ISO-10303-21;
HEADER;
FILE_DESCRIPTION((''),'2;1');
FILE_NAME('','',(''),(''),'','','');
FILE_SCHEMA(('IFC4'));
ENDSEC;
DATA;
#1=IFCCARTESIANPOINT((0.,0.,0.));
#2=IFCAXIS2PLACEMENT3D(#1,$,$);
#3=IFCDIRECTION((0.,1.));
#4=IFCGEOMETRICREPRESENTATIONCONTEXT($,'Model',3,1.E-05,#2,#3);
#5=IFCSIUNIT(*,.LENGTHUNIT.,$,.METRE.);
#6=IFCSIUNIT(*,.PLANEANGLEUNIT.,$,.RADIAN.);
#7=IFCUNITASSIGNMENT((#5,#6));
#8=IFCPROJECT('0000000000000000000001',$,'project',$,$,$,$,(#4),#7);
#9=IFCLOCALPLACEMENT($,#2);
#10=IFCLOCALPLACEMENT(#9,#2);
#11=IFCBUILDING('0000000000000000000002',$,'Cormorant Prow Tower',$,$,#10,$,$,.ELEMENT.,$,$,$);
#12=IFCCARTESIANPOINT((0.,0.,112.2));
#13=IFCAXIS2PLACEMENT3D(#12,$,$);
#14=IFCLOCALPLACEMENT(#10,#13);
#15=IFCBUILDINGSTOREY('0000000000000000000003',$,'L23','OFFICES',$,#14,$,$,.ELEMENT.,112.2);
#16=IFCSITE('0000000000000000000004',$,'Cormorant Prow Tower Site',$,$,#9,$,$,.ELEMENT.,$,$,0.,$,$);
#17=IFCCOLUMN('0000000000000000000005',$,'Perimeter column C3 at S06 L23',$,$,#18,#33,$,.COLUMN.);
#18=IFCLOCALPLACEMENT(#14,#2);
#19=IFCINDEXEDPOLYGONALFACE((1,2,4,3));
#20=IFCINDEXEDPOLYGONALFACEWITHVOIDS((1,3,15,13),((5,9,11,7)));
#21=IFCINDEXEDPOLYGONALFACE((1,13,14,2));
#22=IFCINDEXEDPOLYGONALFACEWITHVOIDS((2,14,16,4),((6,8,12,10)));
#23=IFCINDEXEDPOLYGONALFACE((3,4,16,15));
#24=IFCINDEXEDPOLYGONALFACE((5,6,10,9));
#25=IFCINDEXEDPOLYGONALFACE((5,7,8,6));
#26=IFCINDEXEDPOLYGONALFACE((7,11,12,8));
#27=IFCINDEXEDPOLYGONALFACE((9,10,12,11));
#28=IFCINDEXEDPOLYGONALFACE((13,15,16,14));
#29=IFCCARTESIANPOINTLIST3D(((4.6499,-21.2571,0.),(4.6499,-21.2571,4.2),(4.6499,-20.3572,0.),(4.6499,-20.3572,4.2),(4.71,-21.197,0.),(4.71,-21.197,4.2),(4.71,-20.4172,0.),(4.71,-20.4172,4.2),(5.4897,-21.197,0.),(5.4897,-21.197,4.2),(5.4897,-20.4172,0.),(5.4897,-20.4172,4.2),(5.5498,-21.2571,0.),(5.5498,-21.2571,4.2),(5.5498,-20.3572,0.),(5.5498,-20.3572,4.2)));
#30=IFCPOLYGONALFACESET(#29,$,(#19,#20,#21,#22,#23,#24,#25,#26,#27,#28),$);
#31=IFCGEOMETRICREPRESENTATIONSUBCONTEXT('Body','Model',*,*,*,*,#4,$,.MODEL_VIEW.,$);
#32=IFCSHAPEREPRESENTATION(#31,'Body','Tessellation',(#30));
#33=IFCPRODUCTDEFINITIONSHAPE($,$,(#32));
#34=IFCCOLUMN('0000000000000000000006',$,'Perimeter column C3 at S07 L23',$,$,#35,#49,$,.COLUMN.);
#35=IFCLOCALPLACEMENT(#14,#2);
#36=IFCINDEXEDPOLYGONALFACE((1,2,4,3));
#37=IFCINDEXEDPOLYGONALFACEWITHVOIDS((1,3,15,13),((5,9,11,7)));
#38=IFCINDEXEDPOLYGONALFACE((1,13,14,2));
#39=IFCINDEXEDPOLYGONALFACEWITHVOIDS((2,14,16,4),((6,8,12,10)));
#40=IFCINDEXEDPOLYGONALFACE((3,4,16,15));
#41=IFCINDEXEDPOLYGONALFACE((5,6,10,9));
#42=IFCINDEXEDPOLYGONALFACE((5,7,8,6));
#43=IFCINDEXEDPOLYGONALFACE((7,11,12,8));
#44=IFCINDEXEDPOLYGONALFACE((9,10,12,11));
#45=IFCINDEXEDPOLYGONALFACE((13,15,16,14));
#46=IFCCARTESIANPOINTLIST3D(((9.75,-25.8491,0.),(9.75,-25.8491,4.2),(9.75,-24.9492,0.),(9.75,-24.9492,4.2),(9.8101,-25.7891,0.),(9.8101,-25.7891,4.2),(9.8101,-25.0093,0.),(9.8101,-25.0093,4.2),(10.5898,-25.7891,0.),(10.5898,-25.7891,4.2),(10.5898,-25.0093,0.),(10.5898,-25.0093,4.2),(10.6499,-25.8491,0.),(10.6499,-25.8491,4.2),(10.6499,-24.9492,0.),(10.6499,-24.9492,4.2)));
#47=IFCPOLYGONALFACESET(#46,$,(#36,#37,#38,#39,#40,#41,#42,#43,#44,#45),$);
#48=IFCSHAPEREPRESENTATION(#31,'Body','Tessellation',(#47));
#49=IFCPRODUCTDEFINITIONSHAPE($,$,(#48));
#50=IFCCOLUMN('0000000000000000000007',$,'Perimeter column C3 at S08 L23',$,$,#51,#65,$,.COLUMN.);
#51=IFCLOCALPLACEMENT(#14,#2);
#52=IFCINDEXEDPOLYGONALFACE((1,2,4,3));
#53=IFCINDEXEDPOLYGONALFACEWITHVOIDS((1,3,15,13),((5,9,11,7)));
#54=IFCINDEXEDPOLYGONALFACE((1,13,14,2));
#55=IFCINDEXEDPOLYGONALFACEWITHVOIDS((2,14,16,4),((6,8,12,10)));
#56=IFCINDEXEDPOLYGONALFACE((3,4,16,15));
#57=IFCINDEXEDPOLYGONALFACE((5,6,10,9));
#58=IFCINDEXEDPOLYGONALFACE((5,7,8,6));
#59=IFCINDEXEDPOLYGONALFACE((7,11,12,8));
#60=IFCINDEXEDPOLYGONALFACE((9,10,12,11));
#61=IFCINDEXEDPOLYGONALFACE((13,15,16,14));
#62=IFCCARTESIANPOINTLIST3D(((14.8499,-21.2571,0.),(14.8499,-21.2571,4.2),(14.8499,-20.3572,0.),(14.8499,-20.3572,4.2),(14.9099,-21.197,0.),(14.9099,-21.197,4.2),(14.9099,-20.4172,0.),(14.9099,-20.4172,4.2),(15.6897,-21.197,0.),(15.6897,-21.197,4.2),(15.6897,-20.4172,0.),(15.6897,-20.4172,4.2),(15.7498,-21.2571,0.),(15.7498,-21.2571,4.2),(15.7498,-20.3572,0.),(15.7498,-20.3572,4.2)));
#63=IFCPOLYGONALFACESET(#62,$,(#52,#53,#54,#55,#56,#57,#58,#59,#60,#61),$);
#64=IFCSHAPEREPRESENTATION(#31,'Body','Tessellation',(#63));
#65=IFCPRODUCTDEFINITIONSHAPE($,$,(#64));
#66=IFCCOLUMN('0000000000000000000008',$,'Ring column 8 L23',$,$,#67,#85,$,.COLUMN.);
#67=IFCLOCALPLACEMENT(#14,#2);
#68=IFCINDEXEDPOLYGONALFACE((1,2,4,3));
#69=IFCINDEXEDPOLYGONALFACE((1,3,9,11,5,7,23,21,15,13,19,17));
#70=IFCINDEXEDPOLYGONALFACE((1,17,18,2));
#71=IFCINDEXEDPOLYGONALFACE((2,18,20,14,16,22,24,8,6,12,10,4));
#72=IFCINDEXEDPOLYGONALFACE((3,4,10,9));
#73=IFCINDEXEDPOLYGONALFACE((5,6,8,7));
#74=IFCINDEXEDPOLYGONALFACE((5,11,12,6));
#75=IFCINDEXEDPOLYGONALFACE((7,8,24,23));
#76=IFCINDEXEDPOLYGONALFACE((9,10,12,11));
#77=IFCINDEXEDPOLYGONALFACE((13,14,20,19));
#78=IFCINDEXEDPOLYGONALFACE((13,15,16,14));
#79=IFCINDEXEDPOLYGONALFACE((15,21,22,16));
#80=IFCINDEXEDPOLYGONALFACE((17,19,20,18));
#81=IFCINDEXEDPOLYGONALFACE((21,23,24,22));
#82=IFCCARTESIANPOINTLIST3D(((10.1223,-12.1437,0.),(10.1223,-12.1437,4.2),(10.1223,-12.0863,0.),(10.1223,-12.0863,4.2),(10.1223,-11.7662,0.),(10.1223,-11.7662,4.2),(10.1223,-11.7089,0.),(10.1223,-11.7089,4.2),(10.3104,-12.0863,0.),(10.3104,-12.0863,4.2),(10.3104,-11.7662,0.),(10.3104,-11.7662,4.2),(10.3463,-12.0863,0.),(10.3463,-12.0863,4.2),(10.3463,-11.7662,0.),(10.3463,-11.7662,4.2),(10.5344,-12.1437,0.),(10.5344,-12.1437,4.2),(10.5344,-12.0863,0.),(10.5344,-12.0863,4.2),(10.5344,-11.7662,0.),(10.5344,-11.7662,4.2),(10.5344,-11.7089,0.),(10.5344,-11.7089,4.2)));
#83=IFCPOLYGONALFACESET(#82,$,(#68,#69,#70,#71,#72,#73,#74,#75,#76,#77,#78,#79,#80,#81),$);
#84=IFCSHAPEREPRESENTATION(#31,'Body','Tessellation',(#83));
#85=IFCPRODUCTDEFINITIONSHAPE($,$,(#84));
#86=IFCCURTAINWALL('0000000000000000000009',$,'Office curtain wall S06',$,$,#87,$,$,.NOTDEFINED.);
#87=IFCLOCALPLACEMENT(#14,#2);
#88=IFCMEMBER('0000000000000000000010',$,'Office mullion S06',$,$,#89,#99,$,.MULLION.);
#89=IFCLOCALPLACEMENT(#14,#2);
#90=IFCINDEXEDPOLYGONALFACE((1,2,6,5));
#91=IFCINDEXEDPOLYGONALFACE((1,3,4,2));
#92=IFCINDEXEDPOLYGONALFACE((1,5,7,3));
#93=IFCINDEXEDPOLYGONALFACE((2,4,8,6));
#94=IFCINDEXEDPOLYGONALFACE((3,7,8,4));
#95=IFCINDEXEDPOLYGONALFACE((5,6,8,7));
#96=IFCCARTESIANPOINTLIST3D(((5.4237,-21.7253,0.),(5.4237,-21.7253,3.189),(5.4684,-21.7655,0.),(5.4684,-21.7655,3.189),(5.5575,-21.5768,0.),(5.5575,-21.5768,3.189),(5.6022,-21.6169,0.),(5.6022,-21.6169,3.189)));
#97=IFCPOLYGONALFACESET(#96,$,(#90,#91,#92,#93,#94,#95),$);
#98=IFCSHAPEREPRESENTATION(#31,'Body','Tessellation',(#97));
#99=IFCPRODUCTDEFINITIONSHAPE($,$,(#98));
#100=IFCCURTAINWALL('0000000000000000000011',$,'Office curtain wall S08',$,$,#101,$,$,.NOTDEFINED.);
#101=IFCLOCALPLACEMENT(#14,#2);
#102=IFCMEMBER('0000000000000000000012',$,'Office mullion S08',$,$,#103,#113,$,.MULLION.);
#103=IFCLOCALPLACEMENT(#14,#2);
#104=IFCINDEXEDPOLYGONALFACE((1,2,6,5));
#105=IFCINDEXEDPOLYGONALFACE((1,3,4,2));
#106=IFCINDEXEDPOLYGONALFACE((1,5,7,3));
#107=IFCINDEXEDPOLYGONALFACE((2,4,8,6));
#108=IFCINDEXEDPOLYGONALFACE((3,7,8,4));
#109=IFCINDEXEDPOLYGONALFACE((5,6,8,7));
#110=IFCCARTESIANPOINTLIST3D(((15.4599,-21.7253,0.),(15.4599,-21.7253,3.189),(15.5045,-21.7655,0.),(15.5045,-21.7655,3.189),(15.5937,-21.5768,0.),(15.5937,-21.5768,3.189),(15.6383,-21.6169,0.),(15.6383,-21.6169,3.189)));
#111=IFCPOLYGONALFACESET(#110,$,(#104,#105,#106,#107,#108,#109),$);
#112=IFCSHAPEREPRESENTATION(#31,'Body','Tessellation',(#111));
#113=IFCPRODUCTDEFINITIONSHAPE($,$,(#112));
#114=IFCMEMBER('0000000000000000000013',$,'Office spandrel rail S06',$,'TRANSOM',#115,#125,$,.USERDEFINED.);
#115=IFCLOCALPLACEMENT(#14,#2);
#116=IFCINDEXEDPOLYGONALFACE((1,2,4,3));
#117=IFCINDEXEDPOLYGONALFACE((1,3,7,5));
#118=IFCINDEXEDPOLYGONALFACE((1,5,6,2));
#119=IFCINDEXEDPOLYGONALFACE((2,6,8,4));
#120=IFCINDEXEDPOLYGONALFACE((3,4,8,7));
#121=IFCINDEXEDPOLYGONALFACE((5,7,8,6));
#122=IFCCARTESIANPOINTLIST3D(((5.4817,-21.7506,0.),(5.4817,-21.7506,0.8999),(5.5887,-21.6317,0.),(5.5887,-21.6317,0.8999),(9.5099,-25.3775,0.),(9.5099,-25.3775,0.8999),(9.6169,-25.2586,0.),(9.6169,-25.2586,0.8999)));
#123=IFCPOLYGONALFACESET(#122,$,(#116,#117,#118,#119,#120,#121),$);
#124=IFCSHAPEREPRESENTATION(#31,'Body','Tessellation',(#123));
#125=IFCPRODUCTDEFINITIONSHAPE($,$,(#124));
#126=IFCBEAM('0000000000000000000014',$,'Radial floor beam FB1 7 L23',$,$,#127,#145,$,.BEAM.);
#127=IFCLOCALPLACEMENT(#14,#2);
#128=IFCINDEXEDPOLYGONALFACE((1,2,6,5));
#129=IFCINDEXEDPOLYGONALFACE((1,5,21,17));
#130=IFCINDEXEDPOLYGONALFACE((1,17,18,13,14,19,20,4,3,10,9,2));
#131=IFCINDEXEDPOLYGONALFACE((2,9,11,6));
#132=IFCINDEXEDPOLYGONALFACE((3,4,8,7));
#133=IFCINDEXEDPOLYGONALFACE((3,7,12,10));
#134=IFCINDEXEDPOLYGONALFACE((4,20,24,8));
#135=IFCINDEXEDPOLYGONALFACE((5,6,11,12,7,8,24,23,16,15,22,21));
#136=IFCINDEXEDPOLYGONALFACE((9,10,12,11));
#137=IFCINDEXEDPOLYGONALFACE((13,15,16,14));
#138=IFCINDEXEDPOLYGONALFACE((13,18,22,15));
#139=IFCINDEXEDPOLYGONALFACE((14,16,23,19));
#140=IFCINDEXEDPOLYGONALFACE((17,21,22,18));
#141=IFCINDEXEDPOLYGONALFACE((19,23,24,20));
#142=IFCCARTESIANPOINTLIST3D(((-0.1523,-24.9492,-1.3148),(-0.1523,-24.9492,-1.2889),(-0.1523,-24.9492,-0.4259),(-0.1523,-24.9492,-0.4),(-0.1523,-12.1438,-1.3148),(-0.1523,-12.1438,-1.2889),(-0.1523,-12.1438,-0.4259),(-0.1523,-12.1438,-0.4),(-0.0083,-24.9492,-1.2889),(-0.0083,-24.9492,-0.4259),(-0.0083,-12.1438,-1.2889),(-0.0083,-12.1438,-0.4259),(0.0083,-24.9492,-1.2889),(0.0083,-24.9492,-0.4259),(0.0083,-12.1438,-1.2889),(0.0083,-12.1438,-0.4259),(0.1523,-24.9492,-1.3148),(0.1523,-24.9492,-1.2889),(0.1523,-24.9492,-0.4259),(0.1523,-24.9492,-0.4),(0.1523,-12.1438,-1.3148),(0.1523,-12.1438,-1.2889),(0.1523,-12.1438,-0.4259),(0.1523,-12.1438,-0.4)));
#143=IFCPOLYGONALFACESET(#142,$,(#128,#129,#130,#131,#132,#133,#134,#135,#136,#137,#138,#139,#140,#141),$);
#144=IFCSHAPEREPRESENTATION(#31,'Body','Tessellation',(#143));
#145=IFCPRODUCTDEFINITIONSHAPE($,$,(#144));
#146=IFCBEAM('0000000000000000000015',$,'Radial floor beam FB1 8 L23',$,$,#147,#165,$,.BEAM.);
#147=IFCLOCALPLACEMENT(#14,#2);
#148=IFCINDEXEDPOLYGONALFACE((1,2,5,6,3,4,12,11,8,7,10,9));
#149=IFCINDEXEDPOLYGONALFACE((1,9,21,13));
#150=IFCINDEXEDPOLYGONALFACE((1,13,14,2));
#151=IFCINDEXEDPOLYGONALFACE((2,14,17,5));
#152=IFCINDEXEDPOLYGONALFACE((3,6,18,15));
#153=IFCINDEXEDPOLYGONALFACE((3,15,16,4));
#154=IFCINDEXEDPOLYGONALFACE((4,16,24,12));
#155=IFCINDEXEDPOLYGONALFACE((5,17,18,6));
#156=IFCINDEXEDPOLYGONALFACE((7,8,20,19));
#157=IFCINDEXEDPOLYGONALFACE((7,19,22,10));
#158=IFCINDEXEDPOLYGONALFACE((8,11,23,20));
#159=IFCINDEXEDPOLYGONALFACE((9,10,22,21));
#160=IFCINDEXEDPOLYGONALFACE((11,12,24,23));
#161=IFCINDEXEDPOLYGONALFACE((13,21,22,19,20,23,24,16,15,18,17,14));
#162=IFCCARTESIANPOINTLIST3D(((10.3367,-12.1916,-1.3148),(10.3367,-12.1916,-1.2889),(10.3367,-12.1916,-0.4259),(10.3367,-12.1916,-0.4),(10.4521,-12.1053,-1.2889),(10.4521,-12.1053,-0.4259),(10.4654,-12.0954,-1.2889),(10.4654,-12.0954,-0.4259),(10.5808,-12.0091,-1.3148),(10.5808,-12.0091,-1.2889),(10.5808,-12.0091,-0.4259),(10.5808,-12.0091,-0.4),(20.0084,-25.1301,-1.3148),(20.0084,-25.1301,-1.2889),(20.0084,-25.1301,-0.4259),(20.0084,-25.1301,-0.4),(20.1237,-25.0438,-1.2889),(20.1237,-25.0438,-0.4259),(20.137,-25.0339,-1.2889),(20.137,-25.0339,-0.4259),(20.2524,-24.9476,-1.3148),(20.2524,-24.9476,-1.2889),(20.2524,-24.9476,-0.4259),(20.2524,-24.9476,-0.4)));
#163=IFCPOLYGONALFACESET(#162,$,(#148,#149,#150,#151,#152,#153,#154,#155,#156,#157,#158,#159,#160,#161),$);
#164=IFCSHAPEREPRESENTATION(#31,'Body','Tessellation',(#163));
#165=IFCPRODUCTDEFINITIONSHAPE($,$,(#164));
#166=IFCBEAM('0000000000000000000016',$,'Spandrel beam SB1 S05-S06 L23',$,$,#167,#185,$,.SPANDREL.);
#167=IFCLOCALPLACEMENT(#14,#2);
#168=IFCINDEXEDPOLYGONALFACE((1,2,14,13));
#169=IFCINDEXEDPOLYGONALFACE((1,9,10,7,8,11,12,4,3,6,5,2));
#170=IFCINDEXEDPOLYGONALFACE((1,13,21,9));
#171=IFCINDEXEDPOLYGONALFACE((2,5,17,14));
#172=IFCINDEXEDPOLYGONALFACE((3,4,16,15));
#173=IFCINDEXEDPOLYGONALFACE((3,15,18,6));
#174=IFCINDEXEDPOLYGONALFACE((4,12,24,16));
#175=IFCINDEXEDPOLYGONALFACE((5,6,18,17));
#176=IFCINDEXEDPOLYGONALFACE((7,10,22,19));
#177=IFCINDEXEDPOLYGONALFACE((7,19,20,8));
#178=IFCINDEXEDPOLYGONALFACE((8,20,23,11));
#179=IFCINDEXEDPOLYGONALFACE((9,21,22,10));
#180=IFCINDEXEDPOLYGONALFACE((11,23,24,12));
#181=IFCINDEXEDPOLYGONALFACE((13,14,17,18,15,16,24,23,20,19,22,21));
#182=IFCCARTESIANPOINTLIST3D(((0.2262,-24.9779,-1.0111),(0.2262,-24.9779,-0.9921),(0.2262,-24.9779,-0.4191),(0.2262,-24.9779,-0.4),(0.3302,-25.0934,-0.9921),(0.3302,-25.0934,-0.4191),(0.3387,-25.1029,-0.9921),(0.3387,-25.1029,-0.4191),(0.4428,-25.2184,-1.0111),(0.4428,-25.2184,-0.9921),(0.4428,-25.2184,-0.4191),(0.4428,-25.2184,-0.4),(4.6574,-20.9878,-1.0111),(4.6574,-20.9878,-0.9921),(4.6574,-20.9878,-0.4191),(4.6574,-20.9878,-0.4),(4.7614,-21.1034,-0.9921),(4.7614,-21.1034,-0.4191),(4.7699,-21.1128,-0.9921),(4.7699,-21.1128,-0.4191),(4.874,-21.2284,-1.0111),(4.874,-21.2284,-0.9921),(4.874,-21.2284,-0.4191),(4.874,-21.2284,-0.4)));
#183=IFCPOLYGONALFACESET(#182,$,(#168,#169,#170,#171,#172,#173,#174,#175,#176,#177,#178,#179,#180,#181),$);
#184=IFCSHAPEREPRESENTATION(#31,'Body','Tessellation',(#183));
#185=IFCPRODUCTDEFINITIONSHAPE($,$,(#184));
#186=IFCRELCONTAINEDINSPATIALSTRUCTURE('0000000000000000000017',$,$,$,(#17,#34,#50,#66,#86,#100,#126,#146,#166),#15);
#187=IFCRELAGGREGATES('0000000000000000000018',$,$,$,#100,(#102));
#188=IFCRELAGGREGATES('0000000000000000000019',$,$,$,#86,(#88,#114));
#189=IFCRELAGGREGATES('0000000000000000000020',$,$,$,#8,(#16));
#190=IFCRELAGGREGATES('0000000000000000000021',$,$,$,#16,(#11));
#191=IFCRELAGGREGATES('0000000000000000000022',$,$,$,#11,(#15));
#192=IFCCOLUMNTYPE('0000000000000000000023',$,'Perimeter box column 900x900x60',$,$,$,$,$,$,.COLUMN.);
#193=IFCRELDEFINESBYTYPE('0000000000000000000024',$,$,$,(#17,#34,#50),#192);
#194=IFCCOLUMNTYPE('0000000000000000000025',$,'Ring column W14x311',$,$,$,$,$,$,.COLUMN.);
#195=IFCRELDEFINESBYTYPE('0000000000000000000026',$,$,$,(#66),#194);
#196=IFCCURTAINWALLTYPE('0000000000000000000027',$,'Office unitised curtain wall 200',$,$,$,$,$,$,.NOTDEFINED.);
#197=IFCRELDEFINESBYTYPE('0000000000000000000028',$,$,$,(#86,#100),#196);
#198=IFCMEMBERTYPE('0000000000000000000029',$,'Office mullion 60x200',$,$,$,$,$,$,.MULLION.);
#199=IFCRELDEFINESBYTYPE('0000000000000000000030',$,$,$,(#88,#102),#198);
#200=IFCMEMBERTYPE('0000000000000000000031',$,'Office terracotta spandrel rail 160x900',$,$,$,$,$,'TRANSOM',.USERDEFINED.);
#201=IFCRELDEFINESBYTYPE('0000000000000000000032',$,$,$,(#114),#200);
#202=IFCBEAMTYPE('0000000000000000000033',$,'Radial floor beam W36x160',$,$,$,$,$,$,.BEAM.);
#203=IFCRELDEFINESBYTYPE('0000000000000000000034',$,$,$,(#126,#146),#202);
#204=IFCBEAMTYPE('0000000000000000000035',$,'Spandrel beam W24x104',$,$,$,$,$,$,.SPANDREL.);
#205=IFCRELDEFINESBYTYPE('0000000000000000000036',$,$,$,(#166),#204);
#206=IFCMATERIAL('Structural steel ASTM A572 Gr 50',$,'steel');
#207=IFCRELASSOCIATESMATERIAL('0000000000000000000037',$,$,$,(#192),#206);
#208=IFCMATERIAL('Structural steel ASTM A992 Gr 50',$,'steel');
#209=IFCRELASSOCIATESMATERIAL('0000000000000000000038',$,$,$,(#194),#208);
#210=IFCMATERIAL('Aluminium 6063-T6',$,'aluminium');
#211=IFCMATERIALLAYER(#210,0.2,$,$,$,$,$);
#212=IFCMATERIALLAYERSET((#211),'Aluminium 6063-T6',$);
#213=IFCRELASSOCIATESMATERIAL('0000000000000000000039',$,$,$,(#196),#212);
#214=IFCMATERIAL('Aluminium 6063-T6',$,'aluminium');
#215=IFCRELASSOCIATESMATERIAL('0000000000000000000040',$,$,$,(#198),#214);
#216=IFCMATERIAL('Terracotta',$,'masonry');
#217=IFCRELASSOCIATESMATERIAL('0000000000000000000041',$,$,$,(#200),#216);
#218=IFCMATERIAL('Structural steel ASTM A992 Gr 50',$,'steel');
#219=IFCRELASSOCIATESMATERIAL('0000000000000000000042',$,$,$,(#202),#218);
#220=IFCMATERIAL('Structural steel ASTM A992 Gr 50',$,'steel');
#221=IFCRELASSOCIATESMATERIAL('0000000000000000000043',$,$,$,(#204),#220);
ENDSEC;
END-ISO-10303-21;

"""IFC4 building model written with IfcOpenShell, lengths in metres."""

from ifc_helpers import new_model, si_unit, direction, frame, origin, origin_2d, place, context, subcontext, project, spatial, rectangle, hollow_rectangle, i_section, extrude, material, layer, layer_set, material_profile, profile_set, type_object, element, aggregate, save


model = new_model("IFC4")

# Units and contexts
model_context = context("Model", 3, precision=1e-05, world=origin(), true_north=direction((0.0, 1.0)))
body_context = subcontext(model_context, "Body", "Model", "MODEL_VIEW")
ifc_project = project(units=[si_unit("LENGTHUNIT", "METRE"), si_unit("PLANEANGLEUNIT", "RADIAN")], contexts=[model_context])

# Site, building, storey
site_placement = place(None, origin())
site = spatial("IfcSite", under=ifc_project, at=site_placement, Name="Cormorant Prow Tower Site", CompositionType="ELEMENT", RefElevation=0.0)
building_placement = place(site_placement, origin())
building = spatial("IfcBuilding", under=site, at=building_placement, Name="Cormorant Prow Tower", CompositionType="ELEMENT")
storey_placement = place(building_placement, frame((0.0, 0.0, 112.2)))
storey = spatial("IfcBuildingStorey", under=building, at=storey_placement, Name="L23", Description="OFFICES", CompositionType="ELEMENT", Elevation=112.2)

# Columns
ifc_material_1 = material(Name="Structural steel ASTM A572 Gr 50", Category="steel")
ifc_material_profile_1 = material_profile(ifc_material_1, hollow_rectangle(XDim=0.8999, YDim=0.8999, WallThickness=0.0601, at=origin_2d()), Name="Box 900x900x60")
ifc_profile_set_1 = profile_set([ifc_material_profile_1], Name="Structural steel ASTM A572 Gr 50")
column_type_1 = type_object("IfcColumnType", Name="Perimeter box column 900x900x60", PredefinedType="COLUMN", material=ifc_profile_set_1)
for number, where, z_axis, x_axis, name in (
    (1, (5.0999, -20.8071, 0.0), (0.0, 0.0, 1.0), (1.0, 0.0, 0.0), "Perimeter column C3 at S06 L23"),
    (2, (10.2, -25.3992, 0.0), (0.0, 0.0, 1.0), (1.0, 0.0, 0.0), "Perimeter column C3 at S07 L23"),
    (3, (15.2998, -20.8071, 0.0), (0.0, 0.0, 1.0), (1.0, 0.0, 0.0), "Perimeter column C3 at S08 L23"),
):
    element("IfcColumn", number, at=place(storey_placement, frame(where, z_axis=z_axis, x_axis=x_axis)), inside=storey, type_object=column_type_1, Name=name, PredefinedType="COLUMN", context=body_context, shape_type="SweptSolid", body=[
        extrude(hollow_rectangle(XDim=0.8999, YDim=0.8999, WallThickness=0.0601, at=origin_2d()), origin(), (0.0, 0.0, 1.0), 4.2),
    ])
ifc_material_2 = material(Name="Structural steel ASTM A992 Gr 50", Category="steel")
ifc_material_profile_2 = material_profile(ifc_material_2, i_section(OverallWidth=0.4121, OverallDepth=0.4348, WebThickness=0.0359, FlangeThickness=0.0574, at=origin_2d()), Name="W14x311")
ifc_profile_set_2 = profile_set([ifc_material_profile_2], Name="Structural steel ASTM A992 Gr 50")
column_type_2 = type_object("IfcColumnType", Name="Ring column W14x311", PredefinedType="COLUMN", material=ifc_profile_set_2)
column_placement = place(storey_placement, frame((10.3284, -11.9263, 0.0), z_axis=(0.0, 0.0, 1.0), x_axis=(1.0, 0.0, 0.0)))
element("IfcColumn", 4, at=column_placement, inside=storey, type_object=column_type_2, Name="Ring column 8 L23", PredefinedType="COLUMN", context=body_context, shape_type="SweptSolid", body=[
    extrude(i_section(OverallWidth=0.4121, OverallDepth=0.4348, WebThickness=0.0359, FlangeThickness=0.0574, at=origin_2d()), origin(), (0.0, 0.0, 1.0), 4.2),
])

# Curtain walls, members
ifc_material_3 = material(Name="Aluminium 6063-T6", Category="aluminium")
ifc_layer_1 = layer(ifc_material_3, 0.2)
ifc_layer_set_1 = layer_set([ifc_layer_1], Name="Aluminium 6063-T6")
curtain_wall_type = type_object("IfcCurtainWallType", Name="Office unitised curtain wall 200", PredefinedType="NOTDEFINED", material=ifc_layer_set_1)
curtain_wall_1_placement = place(storey_placement, origin())
curtain_wall_1 = element("IfcCurtainWall", 5, at=curtain_wall_1_placement, inside=storey, type_object=curtain_wall_type, Name="Office curtain wall S06", PredefinedType="NOTDEFINED")
ifc_material_4 = material(Name="Aluminium 6063-T6", Category="aluminium")
ifc_material_profile_3 = material_profile(ifc_material_4, rectangle(XDim=0.2, YDim=0.0601, at=origin_2d()), Name="Office mullion 60x200")
ifc_profile_set_3 = profile_set([ifc_material_profile_3], Name="Aluminium 6063-T6")
member_type_1 = type_object("IfcMemberType", Name="Office mullion 60x200", PredefinedType="MULLION", material=ifc_profile_set_3)
member_1_placement = place(storey_placement, frame((5.5129, -21.6711, 0.0), z_axis=(0.0, 0.0, 1.0), x_axis=(0.669131, 0.743145, 0.0)))
member_1 = element("IfcMember", 6, at=member_1_placement, type_object=member_type_1, Name="Office mullion S06", PredefinedType="MULLION", context=body_context, shape_type="SweptSolid", body=[
    extrude(rectangle(XDim=0.2, YDim=0.0601, at=origin_2d()), origin(), (0.0, 0.0, 1.0), 3.189),
])
curtain_wall_2_placement = place(storey_placement, origin())
curtain_wall_2 = element("IfcCurtainWall", 7, at=curtain_wall_2_placement, inside=storey, type_object=curtain_wall_type, Name="Office curtain wall S08", PredefinedType="NOTDEFINED")
member_2_placement = place(storey_placement, frame((15.5491, -21.6711, 0.0), z_axis=(0.0, 0.0, 1.0), x_axis=(0.669131, 0.743145, 0.0)))
member_2 = element("IfcMember", 8, at=member_2_placement, type_object=member_type_1, Name="Office mullion S08", PredefinedType="MULLION", context=body_context, shape_type="SweptSolid", body=[
    extrude(rectangle(XDim=0.2, YDim=0.0601, at=origin_2d()), origin(), (0.0, 0.0, 1.0), 3.189),
])
aggregate(curtain_wall_2, [member_2])

# Member
ifc_material_5 = material(Name="Terracotta", Category="masonry")
ifc_material_profile_4 = material_profile(ifc_material_5, rectangle(XDim=0.1599, YDim=0.8999, at=origin_2d()), Name="Office terracotta spandrel rail 160x900")
ifc_profile_set_4 = profile_set([ifc_material_profile_4], Name="Terracotta")
member_type_2 = type_object("IfcMemberType", Name="Office terracotta spandrel rail 160x900", ElementType="TRANSOM", PredefinedType="USERDEFINED", material=ifc_profile_set_4)
member_3_placement = place(storey_placement, frame((5.5352, -21.6912, 0.45), z_axis=(0.74316, -0.669114, 0.0), x_axis=(0.669114, 0.74316, 0.0)))
member_3 = element("IfcMember", 9, at=member_3_placement, type_object=member_type_2, Name="Office spandrel rail S06", ObjectType="TRANSOM", PredefinedType="USERDEFINED", context=body_context, shape_type="SweptSolid", body=[
    extrude(rectangle(XDim=0.1599, YDim=0.8999, at=origin_2d()), origin(), (0.0, 0.0, 1.0), 5.4204),
])

# Beams
ifc_material_6 = material(Name="Structural steel ASTM A992 Gr 50", Category="steel")
ifc_material_profile_5 = material_profile(ifc_material_6, i_section(OverallWidth=0.3047, OverallDepth=0.9148, WebThickness=0.0166, FlangeThickness=0.0259, at=origin_2d()), Name="W36x160")
ifc_profile_set_5 = profile_set([ifc_material_profile_5], Name="Structural steel ASTM A992 Gr 50")
beam_type_1 = type_object("IfcBeamType", Name="Radial floor beam W36x160", PredefinedType="BEAM", material=ifc_profile_set_5)
beam_1_placement = place(storey_placement, frame((0.0, -12.1438, -0.8574), z_axis=(0.0, -1.0, 0.0), x_axis=(1.0, 0.0, 0.0)))
element("IfcBeam", 10, at=beam_1_placement, inside=storey, type_object=beam_type_1, Name="Radial floor beam FB1 7 L23", PredefinedType="BEAM", context=body_context, shape_type="SweptSolid", body=[
    extrude(i_section(OverallWidth=0.3047, OverallDepth=0.9148, WebThickness=0.0166, FlangeThickness=0.0259, at=origin_2d()), origin(), (0.0, 0.0, 1.0), 12.8054),
])
beam_2_placement = place(storey_placement, frame((10.4587, -12.1003, -0.8574), z_axis=(0.598722, -0.800957, 0.0), x_axis=(0.800957, 0.598722, 0.0)))
element("IfcBeam", 11, at=beam_2_placement, inside=storey, type_object=beam_type_1, Name="Radial floor beam FB1 8 L23", PredefinedType="BEAM", context=body_context, shape_type="SweptSolid", body=[
    extrude(i_section(OverallWidth=0.3047, OverallDepth=0.9148, WebThickness=0.0166, FlangeThickness=0.0259, at=origin_2d()), origin(), (0.0, 0.0, 1.0), 16.1538),
])
ifc_material_7 = material(Name="Structural steel ASTM A992 Gr 50", Category="steel")
ifc_material_profile_6 = material_profile(ifc_material_7, i_section(OverallWidth=0.3237, OverallDepth=0.6111, WebThickness=0.0127, FlangeThickness=0.019, at=origin_2d()), Name="W24x104")
ifc_profile_set_6 = profile_set([ifc_material_profile_6], Name="Structural steel ASTM A992 Gr 50")
beam_type_2 = type_object("IfcBeamType", Name="Spandrel beam W24x104", PredefinedType="SPANDREL", material=ifc_profile_set_6)
for number, where, z_axis, x_axis, name in (
    (12, (0.3345, -25.0981, -0.7056), (0.743131, 0.669146, 0.0), (-0.669146, 0.743131, 0.0), "Spandrel beam SB1 S05-S06 L23"),
):
    element("IfcBeam", number, at=place(storey_placement, frame(where, z_axis=z_axis, x_axis=x_axis)), inside=storey, type_object=beam_type_2, Name=name, PredefinedType="SPANDREL", context=body_context, shape_type="SweptSolid", body=[
        extrude(i_section(OverallWidth=0.3237, OverallDepth=0.6111, WebThickness=0.0127, FlangeThickness=0.019, at=origin_2d()), origin(), (0.0, 0.0, 1.0), 5.9629),
    ])

aggregate(curtain_wall_1, [member_1, member_3])

save(model, "model.ifc")
